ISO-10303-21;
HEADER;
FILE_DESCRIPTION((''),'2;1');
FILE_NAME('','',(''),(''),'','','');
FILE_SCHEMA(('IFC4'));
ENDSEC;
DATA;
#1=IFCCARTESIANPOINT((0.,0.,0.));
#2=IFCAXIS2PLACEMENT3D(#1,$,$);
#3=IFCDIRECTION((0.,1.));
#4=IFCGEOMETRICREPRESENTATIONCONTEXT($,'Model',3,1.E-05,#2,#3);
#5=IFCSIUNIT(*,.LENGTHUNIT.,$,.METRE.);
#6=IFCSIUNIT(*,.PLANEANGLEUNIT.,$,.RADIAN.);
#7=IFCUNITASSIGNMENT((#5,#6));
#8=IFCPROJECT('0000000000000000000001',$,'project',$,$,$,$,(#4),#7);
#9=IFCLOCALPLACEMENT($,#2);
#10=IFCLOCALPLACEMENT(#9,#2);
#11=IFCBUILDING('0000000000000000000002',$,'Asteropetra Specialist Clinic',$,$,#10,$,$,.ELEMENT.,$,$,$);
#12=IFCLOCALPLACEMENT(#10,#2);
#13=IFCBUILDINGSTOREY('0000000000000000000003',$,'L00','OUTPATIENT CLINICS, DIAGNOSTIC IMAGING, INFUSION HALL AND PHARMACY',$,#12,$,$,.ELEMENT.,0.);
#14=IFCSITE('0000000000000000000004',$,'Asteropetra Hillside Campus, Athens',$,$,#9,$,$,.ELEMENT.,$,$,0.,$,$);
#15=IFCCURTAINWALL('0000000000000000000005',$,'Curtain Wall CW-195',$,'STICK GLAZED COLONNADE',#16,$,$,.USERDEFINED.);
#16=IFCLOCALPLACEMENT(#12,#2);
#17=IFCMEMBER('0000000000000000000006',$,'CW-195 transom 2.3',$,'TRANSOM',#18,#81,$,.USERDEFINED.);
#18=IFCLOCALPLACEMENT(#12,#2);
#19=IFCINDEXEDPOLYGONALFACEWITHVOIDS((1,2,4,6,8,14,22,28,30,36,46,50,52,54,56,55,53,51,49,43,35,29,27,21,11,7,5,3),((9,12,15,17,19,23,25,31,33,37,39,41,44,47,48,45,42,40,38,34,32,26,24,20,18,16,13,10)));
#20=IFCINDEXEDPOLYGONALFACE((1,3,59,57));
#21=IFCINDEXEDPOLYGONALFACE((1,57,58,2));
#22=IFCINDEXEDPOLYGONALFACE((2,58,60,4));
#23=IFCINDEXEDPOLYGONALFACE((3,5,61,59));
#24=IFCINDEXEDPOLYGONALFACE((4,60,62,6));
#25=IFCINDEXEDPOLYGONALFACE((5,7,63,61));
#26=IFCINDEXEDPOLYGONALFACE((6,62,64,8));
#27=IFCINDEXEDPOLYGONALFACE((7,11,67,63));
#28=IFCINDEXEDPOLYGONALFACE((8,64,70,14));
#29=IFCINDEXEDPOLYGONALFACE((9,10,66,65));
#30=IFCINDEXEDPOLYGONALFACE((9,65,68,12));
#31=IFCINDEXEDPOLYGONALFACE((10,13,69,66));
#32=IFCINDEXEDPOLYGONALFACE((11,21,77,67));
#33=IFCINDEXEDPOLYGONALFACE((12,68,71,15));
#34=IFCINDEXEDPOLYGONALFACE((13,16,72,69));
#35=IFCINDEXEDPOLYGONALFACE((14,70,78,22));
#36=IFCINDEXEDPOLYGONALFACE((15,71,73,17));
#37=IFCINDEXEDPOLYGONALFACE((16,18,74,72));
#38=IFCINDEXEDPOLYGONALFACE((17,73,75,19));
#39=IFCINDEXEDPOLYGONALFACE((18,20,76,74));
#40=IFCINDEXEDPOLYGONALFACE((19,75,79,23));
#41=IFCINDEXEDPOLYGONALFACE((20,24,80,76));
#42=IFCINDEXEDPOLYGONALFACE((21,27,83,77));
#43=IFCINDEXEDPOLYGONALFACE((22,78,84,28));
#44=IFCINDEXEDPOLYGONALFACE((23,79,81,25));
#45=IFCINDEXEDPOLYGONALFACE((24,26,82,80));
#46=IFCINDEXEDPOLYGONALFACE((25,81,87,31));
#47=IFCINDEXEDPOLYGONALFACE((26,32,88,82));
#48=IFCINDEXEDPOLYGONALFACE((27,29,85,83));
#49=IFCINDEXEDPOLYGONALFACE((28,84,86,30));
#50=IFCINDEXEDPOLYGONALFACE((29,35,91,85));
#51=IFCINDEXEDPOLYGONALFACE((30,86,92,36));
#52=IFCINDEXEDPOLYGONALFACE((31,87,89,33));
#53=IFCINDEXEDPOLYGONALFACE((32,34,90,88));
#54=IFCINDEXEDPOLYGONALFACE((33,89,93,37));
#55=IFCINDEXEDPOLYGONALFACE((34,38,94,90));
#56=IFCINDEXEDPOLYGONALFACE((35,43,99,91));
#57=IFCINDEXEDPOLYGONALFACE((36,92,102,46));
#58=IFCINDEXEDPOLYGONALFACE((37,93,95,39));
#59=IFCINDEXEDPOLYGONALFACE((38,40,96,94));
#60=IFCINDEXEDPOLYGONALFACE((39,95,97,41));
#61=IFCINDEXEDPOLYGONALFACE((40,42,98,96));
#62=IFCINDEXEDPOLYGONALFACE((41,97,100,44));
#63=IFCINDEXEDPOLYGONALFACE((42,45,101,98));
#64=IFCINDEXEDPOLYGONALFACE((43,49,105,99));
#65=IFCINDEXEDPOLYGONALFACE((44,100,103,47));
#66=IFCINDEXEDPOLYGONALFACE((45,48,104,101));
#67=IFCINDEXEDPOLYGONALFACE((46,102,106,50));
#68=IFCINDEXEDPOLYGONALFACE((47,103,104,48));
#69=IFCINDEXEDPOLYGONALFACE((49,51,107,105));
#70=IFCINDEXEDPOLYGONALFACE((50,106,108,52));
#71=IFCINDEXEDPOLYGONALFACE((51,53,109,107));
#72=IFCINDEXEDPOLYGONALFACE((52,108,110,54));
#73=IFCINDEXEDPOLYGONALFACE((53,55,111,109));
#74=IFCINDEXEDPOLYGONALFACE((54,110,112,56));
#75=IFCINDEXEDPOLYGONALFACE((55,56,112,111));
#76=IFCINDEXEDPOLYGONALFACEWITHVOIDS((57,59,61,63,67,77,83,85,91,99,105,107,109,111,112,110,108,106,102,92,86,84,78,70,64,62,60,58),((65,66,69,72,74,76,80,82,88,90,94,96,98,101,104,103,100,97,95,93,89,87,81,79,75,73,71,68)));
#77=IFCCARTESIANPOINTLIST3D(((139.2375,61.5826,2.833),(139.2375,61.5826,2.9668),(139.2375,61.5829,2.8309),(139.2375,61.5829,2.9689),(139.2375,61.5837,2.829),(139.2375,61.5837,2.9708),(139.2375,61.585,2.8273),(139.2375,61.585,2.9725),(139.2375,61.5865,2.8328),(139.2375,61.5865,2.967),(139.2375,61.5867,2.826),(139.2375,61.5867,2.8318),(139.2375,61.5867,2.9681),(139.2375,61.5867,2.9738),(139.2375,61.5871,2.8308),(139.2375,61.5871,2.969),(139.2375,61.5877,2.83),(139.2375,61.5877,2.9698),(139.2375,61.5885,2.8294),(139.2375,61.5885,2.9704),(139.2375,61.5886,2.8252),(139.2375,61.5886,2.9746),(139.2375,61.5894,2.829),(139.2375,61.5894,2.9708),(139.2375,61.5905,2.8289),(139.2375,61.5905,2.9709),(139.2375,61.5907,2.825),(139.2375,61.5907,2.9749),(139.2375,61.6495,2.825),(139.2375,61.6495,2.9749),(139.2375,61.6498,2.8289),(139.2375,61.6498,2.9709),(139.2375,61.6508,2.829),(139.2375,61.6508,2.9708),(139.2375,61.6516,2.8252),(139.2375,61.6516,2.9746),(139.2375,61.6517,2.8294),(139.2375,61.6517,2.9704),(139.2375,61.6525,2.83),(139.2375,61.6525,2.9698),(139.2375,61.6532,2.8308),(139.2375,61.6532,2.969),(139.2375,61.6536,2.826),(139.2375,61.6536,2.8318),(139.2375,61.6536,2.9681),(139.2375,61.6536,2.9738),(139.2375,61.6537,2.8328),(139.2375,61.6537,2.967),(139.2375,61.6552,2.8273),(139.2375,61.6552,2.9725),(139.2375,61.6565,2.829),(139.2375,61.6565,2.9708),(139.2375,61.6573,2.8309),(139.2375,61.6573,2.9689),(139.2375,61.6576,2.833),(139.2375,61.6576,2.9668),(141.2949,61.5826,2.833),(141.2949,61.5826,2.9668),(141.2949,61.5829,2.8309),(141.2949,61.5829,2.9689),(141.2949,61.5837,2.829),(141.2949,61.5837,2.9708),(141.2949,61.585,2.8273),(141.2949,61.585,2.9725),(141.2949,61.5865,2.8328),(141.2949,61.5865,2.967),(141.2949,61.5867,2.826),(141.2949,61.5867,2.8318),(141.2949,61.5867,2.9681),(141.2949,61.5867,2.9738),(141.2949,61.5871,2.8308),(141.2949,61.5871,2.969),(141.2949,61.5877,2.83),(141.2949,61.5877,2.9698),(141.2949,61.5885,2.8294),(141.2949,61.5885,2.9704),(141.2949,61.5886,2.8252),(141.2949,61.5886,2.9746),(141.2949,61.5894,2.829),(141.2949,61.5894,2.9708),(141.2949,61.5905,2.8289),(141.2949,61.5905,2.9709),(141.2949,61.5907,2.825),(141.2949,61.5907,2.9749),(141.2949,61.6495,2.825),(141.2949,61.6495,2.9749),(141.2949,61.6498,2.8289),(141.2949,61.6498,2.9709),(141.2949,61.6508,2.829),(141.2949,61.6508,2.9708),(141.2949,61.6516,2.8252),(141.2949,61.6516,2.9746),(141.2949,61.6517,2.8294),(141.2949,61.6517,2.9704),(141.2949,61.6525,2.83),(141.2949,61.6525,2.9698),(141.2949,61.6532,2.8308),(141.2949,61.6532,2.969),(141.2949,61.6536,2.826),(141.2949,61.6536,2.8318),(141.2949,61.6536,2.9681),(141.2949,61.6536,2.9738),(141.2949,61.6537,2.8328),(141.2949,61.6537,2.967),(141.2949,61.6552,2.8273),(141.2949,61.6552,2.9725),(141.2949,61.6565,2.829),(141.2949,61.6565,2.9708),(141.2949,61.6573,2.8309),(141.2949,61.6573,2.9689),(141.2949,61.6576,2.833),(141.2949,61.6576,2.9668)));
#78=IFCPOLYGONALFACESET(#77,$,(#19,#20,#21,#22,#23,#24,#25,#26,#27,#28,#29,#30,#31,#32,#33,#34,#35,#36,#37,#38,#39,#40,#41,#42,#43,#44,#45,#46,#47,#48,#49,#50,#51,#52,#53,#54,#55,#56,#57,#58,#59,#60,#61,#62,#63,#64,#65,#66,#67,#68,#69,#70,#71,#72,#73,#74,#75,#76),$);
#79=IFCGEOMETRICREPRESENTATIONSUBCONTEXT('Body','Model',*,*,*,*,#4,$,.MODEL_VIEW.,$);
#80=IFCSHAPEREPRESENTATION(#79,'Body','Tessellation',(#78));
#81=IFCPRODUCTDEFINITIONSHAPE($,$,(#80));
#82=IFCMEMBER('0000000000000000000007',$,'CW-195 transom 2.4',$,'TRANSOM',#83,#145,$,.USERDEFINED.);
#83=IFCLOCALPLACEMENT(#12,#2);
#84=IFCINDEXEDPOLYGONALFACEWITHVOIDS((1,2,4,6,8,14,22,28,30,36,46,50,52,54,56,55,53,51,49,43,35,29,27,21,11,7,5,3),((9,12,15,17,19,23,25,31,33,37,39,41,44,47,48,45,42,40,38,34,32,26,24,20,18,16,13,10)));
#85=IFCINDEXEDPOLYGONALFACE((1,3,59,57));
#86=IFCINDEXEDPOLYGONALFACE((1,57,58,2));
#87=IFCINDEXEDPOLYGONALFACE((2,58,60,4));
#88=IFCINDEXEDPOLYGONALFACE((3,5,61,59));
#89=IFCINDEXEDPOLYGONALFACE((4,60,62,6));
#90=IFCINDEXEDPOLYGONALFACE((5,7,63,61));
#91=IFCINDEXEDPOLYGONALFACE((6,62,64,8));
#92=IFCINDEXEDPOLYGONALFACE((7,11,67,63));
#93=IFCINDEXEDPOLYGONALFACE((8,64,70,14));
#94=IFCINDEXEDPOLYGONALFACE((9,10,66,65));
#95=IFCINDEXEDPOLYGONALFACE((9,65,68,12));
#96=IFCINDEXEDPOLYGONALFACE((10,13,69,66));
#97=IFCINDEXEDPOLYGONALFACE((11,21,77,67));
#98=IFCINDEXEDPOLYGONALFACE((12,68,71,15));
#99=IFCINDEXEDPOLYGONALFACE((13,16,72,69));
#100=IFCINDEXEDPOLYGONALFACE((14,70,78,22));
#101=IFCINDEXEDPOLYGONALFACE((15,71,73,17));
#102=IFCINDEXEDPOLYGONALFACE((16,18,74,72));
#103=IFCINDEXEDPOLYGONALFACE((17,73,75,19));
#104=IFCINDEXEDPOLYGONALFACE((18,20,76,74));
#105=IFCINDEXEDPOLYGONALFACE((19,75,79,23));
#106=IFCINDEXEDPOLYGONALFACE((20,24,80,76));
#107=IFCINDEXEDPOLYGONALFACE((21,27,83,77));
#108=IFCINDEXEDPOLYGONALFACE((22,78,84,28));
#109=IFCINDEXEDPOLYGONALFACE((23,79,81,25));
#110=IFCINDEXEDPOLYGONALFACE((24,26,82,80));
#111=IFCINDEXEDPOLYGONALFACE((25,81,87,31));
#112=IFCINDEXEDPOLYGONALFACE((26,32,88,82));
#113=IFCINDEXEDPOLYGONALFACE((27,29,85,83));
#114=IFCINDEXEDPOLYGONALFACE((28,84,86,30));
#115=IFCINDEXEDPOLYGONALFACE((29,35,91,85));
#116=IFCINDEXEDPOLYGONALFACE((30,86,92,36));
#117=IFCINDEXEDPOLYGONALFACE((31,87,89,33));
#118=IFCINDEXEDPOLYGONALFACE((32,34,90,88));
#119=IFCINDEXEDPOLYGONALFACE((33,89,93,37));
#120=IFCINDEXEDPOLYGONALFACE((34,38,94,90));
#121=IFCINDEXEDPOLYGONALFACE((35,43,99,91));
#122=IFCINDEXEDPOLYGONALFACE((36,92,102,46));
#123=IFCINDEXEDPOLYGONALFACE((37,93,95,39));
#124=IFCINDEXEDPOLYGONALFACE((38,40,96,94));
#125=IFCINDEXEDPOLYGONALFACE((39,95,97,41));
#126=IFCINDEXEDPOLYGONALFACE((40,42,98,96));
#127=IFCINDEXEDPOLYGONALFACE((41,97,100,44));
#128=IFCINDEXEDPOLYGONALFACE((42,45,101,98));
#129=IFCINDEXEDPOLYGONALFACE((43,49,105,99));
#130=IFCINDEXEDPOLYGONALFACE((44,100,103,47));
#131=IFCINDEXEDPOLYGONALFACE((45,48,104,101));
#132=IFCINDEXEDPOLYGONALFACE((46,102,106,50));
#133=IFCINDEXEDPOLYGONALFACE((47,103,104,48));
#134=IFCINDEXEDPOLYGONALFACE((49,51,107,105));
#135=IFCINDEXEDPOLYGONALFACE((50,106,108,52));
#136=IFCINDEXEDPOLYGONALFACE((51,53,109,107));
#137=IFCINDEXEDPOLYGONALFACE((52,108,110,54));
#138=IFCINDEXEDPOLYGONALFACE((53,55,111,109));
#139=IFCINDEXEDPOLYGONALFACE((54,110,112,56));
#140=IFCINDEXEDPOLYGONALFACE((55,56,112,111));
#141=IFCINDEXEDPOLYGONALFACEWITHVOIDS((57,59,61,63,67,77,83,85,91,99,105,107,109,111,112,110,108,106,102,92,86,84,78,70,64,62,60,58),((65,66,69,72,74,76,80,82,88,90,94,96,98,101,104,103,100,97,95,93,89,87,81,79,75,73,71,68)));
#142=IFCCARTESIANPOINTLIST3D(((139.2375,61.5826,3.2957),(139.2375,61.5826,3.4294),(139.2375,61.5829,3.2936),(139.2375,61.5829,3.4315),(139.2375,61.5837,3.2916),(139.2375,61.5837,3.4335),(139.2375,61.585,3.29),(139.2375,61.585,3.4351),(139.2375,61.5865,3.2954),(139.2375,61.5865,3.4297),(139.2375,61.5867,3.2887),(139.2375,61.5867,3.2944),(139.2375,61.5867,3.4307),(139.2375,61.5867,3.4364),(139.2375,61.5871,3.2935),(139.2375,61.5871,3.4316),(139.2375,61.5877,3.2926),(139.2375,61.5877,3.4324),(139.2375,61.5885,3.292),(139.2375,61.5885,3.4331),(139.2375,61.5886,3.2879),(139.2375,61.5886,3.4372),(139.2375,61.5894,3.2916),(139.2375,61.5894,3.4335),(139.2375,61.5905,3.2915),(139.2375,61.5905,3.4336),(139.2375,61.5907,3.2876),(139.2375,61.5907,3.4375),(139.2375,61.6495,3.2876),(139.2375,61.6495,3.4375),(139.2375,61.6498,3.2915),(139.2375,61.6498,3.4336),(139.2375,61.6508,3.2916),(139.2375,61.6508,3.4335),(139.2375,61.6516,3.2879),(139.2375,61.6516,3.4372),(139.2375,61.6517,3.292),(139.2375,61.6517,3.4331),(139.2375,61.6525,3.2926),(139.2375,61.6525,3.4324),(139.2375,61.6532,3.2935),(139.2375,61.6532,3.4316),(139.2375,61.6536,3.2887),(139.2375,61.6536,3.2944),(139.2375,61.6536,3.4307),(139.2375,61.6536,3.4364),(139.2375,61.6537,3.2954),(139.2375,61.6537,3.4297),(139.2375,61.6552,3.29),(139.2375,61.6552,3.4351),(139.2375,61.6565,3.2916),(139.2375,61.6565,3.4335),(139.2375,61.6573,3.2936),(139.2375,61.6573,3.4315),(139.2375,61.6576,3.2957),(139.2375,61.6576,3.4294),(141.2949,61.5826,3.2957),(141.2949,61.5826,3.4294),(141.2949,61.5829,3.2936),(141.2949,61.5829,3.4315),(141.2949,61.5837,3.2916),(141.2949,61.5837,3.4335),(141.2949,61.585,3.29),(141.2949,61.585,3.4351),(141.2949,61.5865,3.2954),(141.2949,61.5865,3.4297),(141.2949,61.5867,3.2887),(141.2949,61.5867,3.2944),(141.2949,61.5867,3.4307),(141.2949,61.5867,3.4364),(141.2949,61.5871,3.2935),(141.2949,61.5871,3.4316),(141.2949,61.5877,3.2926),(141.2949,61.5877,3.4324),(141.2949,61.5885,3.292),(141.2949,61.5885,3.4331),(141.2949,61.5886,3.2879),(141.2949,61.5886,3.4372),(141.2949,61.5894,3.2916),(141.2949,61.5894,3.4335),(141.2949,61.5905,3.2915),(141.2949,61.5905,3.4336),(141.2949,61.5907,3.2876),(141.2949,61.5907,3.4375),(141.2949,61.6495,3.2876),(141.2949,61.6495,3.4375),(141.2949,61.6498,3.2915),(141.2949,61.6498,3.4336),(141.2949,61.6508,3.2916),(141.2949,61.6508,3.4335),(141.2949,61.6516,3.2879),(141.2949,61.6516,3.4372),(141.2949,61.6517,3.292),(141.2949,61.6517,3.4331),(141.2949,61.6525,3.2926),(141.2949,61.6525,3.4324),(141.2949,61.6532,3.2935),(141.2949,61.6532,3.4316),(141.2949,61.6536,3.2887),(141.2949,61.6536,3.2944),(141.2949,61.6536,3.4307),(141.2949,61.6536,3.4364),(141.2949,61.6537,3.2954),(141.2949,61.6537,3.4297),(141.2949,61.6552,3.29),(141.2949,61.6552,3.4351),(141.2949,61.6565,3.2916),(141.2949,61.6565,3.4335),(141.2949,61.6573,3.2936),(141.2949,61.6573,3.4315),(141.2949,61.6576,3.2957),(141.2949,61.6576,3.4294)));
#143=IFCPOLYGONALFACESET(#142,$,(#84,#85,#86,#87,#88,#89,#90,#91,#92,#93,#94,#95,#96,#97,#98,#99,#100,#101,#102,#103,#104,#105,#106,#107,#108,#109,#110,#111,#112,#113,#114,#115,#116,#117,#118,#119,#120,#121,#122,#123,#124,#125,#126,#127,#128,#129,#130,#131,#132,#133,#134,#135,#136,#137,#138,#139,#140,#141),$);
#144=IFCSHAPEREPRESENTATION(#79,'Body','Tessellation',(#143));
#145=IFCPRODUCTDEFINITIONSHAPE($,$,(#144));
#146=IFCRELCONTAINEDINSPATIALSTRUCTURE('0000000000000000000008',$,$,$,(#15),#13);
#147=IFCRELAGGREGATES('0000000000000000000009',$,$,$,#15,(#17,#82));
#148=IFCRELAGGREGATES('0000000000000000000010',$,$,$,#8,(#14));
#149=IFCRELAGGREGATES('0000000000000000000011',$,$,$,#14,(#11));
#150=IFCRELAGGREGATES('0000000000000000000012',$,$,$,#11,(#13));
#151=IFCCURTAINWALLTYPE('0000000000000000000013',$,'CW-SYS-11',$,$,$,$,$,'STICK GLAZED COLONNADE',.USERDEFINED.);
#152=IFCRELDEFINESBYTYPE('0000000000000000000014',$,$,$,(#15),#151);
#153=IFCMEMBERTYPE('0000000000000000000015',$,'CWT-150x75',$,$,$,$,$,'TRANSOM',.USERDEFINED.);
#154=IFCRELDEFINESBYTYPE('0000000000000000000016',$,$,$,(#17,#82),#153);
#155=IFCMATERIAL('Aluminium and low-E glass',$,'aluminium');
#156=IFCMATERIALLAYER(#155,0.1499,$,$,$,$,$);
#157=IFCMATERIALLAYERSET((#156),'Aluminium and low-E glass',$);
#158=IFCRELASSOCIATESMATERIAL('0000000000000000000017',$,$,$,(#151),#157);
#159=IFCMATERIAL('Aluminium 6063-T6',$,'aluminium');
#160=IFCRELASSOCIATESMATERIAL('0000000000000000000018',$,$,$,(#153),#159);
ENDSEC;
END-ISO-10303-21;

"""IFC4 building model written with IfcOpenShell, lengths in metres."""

from ifc_helpers import new_model, si_unit, direction, frame, origin, origin_2d, place, context, subcontext, project, spatial, hollow_rectangle, extrude, material, layer, layer_set, material_profile, profile_set, type_object, element, aggregate, save


model = new_model("IFC4")

# Units and contexts
model_context = context("Model", 3, precision=1e-05, world=origin(), true_north=direction((0.0, 1.0)))
body_context = subcontext(model_context, "Body", "Model", "MODEL_VIEW")
ifc_project = project(units=[si_unit("LENGTHUNIT", "METRE"), si_unit("PLANEANGLEUNIT", "RADIAN")], contexts=[model_context])

# Site, building, storey
site_placement = place(None, origin())
site = spatial("IfcSite", under=ifc_project, at=site_placement, Name="Asteropetra Hillside Campus, Athens", CompositionType="ELEMENT", RefElevation=0.0)
building_placement = place(site_placement, origin())
building = spatial("IfcBuilding", under=site, at=building_placement, Name="Asteropetra Specialist Clinic", CompositionType="ELEMENT")
storey_placement = place(building_placement, origin())
storey = spatial("IfcBuildingStorey", under=building, at=storey_placement, Name="L00", Description="OUTPATIENT CLINICS, DIAGNOSTIC IMAGING, INFUSION HALL AND PHARMACY", CompositionType="ELEMENT", Elevation=0.0)

# Curtain wall, members
ifc_material_1 = material(Name="Aluminium and low-E glass", Category="aluminium")
ifc_layer_1 = layer(ifc_material_1, 0.1499)
ifc_layer_set_1 = layer_set([ifc_layer_1], Name="Aluminium and low-E glass")
curtain_wall_type = type_object("IfcCurtainWallType", Name="CW-SYS-11", ElementType="STICK GLAZED COLONNADE", PredefinedType="USERDEFINED", material=ifc_layer_set_1)
curtain_wall_placement = place(storey_placement, origin())
curtain_wall = element("IfcCurtainWall", 1, at=curtain_wall_placement, inside=storey, type_object=curtain_wall_type, Name="Curtain Wall CW-195", ObjectType="STICK GLAZED COLONNADE", PredefinedType="USERDEFINED")
ifc_material_2 = material(Name="Aluminium 6063-T6", Category="aluminium")
ifc_material_profile_1 = material_profile(ifc_material_2, hollow_rectangle(XDim=0.075, YDim=0.1499, WallThickness=0.0039, InnerFilletRadius=0.0039, OuterFilletRadius=0.0081, at=origin_2d()), Name="TRN 150x75x4.0")
ifc_profile_set_1 = profile_set([ifc_material_profile_1], Name="Aluminium 6063-T6")
member_type_1 = type_object("IfcMemberType", Name="CWT-150x75", ElementType="TRANSOM", PredefinedType="USERDEFINED", material=ifc_profile_set_1)
member_1_placement = place(storey_placement, frame((141.2949, 61.6201, 2.8999), z_axis=(-1.0, 0.0, 0.0), x_axis=(0.0, -1.0, 0.0)))
member_1 = element("IfcMember", 2, at=member_1_placement, type_object=member_type_1, Name="CW-195 transom 2.3", ObjectType="TRANSOM", PredefinedType="USERDEFINED", context=body_context, shape_type="SweptSolid", body=[
    extrude(hollow_rectangle(XDim=0.075, YDim=0.1499, WallThickness=0.0039, InnerFilletRadius=0.0039, OuterFilletRadius=0.0081, at=origin_2d()), origin(), (0.0, 0.0, 1.0), 2.0574),
])
member_2_placement = place(storey_placement, frame((141.2949, 61.6201, 3.3625), z_axis=(-1.0, 0.0, 0.0), x_axis=(0.0, -1.0, 0.0)))
member_2 = element("IfcMember", 3, at=member_2_placement, type_object=member_type_1, Name="CW-195 transom 2.4", ObjectType="TRANSOM", PredefinedType="USERDEFINED", context=body_context, shape_type="SweptSolid", body=[
    extrude(hollow_rectangle(XDim=0.075, YDim=0.1499, WallThickness=0.0039, InnerFilletRadius=0.0039, OuterFilletRadius=0.0081, at=origin_2d()), origin(), (0.0, 0.0, 1.0), 2.0574),
])
aggregate(curtain_wall, [member_1, member_2])

save(model, "model.ifc")
